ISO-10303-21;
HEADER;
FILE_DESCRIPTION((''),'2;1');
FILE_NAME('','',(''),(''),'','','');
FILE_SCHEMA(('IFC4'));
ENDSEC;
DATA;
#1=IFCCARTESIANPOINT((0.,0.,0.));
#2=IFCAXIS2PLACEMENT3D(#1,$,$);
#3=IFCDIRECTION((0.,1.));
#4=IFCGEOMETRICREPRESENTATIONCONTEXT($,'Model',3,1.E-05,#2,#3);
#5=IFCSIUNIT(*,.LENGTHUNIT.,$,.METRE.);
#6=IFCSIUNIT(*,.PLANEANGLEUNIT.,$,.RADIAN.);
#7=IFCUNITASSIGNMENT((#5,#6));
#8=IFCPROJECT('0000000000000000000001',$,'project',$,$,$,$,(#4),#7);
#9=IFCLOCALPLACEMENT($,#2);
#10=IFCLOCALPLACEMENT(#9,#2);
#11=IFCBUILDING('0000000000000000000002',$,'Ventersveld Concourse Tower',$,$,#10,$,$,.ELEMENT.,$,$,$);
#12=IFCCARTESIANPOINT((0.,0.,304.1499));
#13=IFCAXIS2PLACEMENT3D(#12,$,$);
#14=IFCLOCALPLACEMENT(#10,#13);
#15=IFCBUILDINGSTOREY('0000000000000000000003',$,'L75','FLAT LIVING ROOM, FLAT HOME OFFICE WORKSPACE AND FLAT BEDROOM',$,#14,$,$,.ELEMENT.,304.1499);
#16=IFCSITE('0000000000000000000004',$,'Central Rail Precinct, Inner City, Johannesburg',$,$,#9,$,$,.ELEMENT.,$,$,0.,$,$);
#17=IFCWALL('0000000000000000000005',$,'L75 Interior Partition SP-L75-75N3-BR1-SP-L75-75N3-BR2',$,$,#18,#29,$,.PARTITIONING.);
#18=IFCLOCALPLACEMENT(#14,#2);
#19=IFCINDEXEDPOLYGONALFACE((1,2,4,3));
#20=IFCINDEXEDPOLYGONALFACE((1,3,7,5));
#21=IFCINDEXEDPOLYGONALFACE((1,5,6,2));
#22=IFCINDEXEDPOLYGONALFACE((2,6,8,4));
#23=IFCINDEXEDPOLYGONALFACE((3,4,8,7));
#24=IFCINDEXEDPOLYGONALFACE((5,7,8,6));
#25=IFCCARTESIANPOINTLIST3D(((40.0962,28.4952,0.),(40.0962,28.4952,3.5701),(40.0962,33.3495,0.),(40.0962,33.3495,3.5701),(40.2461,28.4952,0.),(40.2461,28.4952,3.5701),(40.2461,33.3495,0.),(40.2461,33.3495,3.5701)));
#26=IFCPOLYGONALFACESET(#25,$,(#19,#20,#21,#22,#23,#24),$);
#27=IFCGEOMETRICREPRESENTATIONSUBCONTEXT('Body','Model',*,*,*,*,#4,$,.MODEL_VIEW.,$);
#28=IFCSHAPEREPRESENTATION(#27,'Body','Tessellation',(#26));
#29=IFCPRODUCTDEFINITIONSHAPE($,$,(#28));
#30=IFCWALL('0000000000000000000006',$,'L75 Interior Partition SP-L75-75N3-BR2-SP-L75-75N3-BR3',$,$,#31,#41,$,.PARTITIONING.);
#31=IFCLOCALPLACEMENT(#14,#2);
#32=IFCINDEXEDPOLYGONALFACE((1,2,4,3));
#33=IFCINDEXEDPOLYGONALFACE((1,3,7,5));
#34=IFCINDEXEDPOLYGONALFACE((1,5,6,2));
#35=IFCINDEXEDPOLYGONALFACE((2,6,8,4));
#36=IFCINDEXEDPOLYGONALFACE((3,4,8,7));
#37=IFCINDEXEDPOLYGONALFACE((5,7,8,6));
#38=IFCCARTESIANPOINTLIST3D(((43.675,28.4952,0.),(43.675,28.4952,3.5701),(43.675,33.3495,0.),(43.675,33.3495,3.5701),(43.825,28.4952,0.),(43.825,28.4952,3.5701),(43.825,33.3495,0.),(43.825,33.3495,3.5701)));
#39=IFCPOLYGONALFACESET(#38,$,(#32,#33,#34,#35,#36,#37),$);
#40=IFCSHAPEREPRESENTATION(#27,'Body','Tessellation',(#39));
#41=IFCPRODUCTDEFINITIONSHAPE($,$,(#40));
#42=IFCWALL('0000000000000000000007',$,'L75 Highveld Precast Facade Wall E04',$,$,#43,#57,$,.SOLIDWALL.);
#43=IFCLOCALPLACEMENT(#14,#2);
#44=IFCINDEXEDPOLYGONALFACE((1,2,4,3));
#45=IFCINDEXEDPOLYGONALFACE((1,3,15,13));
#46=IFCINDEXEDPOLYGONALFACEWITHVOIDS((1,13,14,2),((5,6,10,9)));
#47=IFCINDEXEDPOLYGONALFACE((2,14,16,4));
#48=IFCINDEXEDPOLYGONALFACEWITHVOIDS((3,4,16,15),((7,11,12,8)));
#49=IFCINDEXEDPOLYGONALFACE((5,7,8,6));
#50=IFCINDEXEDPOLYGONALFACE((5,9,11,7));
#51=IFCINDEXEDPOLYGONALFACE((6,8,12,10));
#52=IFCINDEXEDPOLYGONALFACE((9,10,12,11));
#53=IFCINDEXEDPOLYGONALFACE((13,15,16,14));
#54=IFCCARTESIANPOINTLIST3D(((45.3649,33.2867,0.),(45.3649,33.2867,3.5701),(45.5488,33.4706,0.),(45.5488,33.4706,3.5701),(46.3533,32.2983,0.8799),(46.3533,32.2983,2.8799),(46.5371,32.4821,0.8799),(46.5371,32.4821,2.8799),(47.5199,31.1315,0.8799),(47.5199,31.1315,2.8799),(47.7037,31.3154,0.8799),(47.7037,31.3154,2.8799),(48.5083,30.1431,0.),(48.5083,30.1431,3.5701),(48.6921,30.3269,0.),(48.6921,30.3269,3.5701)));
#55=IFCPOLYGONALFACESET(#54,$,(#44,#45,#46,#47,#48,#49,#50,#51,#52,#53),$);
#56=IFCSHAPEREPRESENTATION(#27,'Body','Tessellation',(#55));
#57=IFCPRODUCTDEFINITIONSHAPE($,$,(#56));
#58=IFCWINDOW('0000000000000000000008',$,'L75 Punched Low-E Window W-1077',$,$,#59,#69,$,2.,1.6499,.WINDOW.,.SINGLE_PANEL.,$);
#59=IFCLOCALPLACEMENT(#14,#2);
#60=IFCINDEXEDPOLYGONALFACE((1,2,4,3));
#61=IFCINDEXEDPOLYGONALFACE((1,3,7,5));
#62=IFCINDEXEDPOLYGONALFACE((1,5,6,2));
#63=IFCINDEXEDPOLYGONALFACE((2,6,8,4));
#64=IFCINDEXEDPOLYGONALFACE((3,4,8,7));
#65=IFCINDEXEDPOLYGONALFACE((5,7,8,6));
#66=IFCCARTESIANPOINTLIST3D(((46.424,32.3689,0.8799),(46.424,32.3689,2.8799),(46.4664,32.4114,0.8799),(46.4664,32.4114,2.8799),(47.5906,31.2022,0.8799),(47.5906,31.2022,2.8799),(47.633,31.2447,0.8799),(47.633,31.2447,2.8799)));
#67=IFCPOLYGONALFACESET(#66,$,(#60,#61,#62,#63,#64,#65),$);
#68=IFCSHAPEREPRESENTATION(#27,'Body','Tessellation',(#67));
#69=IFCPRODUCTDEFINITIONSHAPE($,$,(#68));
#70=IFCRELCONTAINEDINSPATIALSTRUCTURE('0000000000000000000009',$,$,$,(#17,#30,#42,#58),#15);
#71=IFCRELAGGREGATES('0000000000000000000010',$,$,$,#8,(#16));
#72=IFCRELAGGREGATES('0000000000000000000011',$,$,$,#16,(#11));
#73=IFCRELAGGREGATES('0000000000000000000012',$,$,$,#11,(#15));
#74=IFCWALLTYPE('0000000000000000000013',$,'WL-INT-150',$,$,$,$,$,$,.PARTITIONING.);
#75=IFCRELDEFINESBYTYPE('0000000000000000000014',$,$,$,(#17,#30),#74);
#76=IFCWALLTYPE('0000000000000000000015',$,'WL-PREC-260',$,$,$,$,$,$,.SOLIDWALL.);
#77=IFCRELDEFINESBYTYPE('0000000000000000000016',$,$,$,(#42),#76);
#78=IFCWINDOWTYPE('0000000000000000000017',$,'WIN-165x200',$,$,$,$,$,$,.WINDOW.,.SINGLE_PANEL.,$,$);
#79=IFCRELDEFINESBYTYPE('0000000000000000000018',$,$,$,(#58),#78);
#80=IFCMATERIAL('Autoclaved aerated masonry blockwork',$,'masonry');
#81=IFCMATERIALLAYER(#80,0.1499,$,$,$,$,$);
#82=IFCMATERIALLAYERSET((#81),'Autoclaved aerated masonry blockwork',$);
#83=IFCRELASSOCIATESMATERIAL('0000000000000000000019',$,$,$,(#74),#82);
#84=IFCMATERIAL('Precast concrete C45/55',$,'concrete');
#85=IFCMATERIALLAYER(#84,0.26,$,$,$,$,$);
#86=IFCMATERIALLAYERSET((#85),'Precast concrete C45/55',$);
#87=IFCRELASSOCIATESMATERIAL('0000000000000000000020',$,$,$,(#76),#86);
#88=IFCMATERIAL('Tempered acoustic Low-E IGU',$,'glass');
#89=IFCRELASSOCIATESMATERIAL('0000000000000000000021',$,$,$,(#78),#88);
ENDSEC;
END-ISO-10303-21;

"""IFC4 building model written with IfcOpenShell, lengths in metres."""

from ifc_helpers import new_model, si_unit, direction, frame, frame_2d, origin, place, context, subcontext, project, spatial, rectangle, extrude, material, layer, layer_set, type_object, element, fill, save


model = new_model("IFC4")

# Units and contexts
model_context = context("Model", 3, precision=1e-05, world=origin(), true_north=direction((0.0, 1.0)))
body_context = subcontext(model_context, "Body", "Model", "MODEL_VIEW")
ifc_project = project(units=[si_unit("LENGTHUNIT", "METRE"), si_unit("PLANEANGLEUNIT", "RADIAN")], contexts=[model_context])

# Site, building, storey
site_placement = place(None, origin())
site = spatial("IfcSite", under=ifc_project, at=site_placement, Name="Central Rail Precinct, Inner City, Johannesburg", CompositionType="ELEMENT", RefElevation=0.0)
building_placement = place(site_placement, origin())
building = spatial("IfcBuilding", under=site, at=building_placement, Name="Ventersveld Concourse Tower", CompositionType="ELEMENT")
storey_placement = place(building_placement, frame((0.0, 0.0, 304.1499)))
storey = spatial("IfcBuildingStorey", under=building, at=storey_placement, Name="L75", Description="FLAT LIVING ROOM, FLAT HOME OFFICE WORKSPACE AND FLAT BEDROOM", CompositionType="ELEMENT", Elevation=304.1499)

# Shared definitions
ifc_material_1 = material(Name="Autoclaved aerated masonry blockwork", Category="masonry")
ifc_layer_1 = layer(ifc_material_1, 0.1499)
ifc_layer_set_1 = layer_set([ifc_layer_1], Name="Autoclaved aerated masonry blockwork")
wall_type_1 = type_object("IfcWallType", Name="WL-INT-150", PredefinedType="PARTITIONING", material=ifc_layer_set_1)

# Walls
for number, where, z_axis, x_axis, name in (
    (1, (40.1711, 28.4951, 0.0), (0.0, 0.0, 1.0), (0.0, 1.0, 0.0), "L75 Interior Partition SP-L75-75N3-BR1-SP-L75-75N3-BR2"),
    (2, (43.75, 28.4951, 0.0), (0.0, 0.0, 1.0), (0.0, 1.0, 0.0), "L75 Interior Partition SP-L75-75N3-BR2-SP-L75-75N3-BR3"),
):
    element("IfcWall", number, at=place(storey_placement, frame(where, z_axis=z_axis, x_axis=x_axis)), inside=storey, type_object=wall_type_1, Name=name, PredefinedType="PARTITIONING", context=body_context, shape_type="SweptSolid", body=[
        extrude(rectangle(XDim=4.8542, YDim=0.1499, at=frame_2d((2.4272, 0.0))), origin(), (0.0, 0.0, 1.0), 3.5701),
    ])

# Wall, opening, window
ifc_material_2 = material(Name="Precast concrete C45/55", Category="concrete")
ifc_layer_2 = layer(ifc_material_2, 0.26)
ifc_layer_set_2 = layer_set([ifc_layer_2], Name="Precast concrete C45/55")
wall_type_2 = type_object("IfcWallType", Name="WL-PREC-260", PredefinedType="SOLIDWALL", material=ifc_layer_set_2)
wall_1_placement = place(storey_placement, frame((48.6001, 30.2351, 0.0), z_axis=(0.0, 0.0, 1.0), x_axis=(-0.707079, 0.707134, 0.0)))
wall_1 = element("IfcWall", 3, at=wall_1_placement, inside=storey, type_object=wall_type_2, Name="L75 Highveld Precast Facade Wall E04", PredefinedType="SOLIDWALL", context=body_context, shape_type="SweptSolid", body=[
    extrude(rectangle(XDim=4.4456, YDim=0.26, at=frame_2d((2.2227, 0.0))), origin(), (0.0, 0.0, 1.0), 3.5701),
])
opening_1_placement = place(wall_1_placement, frame((1.3977, 0.0, 0.8799)))
opening_1 = element("IfcOpeningElement", 4, at=opening_1_placement, cuts=wall_1, PredefinedType="OPENING", context=body_context, shape_type="SweptSolid", body=[
    extrude(rectangle(XDim=1.6499, YDim=2.0, at=frame_2d((0.825, 1.0))), frame((0.0, 0.1401, 0.0), z_axis=(0.0, -1.0, 0.0), x_axis=(1.0, 0.0, 0.0)), (0.0, 0.0, 1.0), 0.28),
])
ifc_material_3 = material(Name="Tempered acoustic Low-E IGU", Category="glass")
window_type = type_object("IfcWindowType", Name="WIN-165x200", PartitioningType="SINGLE_PANEL", PredefinedType="WINDOW", material=ifc_material_3)
window_1_placement = place(opening_1_placement, origin())
window_1 = element("IfcWindow", 5, at=window_1_placement, inside=storey, type_object=window_type, Name="L75 Punched Low-E Window W-1077", OverallHeight=2.0, OverallWidth=1.6499, PartitioningType="SINGLE_PANEL", PredefinedType="WINDOW", context=body_context, shape_type="SweptSolid", body=[
    extrude(rectangle(XDim=1.6499, YDim=2.0, at=frame_2d((0.825, 1.0))), frame((0.0, 0.03, 0.0), z_axis=(0.0, -1.0, 0.0), x_axis=(1.0, 0.0, 0.0)), (0.0, 0.0, 1.0), 0.0601),
])
fill(opening_1, window_1)

save(model, "model.ifc")
